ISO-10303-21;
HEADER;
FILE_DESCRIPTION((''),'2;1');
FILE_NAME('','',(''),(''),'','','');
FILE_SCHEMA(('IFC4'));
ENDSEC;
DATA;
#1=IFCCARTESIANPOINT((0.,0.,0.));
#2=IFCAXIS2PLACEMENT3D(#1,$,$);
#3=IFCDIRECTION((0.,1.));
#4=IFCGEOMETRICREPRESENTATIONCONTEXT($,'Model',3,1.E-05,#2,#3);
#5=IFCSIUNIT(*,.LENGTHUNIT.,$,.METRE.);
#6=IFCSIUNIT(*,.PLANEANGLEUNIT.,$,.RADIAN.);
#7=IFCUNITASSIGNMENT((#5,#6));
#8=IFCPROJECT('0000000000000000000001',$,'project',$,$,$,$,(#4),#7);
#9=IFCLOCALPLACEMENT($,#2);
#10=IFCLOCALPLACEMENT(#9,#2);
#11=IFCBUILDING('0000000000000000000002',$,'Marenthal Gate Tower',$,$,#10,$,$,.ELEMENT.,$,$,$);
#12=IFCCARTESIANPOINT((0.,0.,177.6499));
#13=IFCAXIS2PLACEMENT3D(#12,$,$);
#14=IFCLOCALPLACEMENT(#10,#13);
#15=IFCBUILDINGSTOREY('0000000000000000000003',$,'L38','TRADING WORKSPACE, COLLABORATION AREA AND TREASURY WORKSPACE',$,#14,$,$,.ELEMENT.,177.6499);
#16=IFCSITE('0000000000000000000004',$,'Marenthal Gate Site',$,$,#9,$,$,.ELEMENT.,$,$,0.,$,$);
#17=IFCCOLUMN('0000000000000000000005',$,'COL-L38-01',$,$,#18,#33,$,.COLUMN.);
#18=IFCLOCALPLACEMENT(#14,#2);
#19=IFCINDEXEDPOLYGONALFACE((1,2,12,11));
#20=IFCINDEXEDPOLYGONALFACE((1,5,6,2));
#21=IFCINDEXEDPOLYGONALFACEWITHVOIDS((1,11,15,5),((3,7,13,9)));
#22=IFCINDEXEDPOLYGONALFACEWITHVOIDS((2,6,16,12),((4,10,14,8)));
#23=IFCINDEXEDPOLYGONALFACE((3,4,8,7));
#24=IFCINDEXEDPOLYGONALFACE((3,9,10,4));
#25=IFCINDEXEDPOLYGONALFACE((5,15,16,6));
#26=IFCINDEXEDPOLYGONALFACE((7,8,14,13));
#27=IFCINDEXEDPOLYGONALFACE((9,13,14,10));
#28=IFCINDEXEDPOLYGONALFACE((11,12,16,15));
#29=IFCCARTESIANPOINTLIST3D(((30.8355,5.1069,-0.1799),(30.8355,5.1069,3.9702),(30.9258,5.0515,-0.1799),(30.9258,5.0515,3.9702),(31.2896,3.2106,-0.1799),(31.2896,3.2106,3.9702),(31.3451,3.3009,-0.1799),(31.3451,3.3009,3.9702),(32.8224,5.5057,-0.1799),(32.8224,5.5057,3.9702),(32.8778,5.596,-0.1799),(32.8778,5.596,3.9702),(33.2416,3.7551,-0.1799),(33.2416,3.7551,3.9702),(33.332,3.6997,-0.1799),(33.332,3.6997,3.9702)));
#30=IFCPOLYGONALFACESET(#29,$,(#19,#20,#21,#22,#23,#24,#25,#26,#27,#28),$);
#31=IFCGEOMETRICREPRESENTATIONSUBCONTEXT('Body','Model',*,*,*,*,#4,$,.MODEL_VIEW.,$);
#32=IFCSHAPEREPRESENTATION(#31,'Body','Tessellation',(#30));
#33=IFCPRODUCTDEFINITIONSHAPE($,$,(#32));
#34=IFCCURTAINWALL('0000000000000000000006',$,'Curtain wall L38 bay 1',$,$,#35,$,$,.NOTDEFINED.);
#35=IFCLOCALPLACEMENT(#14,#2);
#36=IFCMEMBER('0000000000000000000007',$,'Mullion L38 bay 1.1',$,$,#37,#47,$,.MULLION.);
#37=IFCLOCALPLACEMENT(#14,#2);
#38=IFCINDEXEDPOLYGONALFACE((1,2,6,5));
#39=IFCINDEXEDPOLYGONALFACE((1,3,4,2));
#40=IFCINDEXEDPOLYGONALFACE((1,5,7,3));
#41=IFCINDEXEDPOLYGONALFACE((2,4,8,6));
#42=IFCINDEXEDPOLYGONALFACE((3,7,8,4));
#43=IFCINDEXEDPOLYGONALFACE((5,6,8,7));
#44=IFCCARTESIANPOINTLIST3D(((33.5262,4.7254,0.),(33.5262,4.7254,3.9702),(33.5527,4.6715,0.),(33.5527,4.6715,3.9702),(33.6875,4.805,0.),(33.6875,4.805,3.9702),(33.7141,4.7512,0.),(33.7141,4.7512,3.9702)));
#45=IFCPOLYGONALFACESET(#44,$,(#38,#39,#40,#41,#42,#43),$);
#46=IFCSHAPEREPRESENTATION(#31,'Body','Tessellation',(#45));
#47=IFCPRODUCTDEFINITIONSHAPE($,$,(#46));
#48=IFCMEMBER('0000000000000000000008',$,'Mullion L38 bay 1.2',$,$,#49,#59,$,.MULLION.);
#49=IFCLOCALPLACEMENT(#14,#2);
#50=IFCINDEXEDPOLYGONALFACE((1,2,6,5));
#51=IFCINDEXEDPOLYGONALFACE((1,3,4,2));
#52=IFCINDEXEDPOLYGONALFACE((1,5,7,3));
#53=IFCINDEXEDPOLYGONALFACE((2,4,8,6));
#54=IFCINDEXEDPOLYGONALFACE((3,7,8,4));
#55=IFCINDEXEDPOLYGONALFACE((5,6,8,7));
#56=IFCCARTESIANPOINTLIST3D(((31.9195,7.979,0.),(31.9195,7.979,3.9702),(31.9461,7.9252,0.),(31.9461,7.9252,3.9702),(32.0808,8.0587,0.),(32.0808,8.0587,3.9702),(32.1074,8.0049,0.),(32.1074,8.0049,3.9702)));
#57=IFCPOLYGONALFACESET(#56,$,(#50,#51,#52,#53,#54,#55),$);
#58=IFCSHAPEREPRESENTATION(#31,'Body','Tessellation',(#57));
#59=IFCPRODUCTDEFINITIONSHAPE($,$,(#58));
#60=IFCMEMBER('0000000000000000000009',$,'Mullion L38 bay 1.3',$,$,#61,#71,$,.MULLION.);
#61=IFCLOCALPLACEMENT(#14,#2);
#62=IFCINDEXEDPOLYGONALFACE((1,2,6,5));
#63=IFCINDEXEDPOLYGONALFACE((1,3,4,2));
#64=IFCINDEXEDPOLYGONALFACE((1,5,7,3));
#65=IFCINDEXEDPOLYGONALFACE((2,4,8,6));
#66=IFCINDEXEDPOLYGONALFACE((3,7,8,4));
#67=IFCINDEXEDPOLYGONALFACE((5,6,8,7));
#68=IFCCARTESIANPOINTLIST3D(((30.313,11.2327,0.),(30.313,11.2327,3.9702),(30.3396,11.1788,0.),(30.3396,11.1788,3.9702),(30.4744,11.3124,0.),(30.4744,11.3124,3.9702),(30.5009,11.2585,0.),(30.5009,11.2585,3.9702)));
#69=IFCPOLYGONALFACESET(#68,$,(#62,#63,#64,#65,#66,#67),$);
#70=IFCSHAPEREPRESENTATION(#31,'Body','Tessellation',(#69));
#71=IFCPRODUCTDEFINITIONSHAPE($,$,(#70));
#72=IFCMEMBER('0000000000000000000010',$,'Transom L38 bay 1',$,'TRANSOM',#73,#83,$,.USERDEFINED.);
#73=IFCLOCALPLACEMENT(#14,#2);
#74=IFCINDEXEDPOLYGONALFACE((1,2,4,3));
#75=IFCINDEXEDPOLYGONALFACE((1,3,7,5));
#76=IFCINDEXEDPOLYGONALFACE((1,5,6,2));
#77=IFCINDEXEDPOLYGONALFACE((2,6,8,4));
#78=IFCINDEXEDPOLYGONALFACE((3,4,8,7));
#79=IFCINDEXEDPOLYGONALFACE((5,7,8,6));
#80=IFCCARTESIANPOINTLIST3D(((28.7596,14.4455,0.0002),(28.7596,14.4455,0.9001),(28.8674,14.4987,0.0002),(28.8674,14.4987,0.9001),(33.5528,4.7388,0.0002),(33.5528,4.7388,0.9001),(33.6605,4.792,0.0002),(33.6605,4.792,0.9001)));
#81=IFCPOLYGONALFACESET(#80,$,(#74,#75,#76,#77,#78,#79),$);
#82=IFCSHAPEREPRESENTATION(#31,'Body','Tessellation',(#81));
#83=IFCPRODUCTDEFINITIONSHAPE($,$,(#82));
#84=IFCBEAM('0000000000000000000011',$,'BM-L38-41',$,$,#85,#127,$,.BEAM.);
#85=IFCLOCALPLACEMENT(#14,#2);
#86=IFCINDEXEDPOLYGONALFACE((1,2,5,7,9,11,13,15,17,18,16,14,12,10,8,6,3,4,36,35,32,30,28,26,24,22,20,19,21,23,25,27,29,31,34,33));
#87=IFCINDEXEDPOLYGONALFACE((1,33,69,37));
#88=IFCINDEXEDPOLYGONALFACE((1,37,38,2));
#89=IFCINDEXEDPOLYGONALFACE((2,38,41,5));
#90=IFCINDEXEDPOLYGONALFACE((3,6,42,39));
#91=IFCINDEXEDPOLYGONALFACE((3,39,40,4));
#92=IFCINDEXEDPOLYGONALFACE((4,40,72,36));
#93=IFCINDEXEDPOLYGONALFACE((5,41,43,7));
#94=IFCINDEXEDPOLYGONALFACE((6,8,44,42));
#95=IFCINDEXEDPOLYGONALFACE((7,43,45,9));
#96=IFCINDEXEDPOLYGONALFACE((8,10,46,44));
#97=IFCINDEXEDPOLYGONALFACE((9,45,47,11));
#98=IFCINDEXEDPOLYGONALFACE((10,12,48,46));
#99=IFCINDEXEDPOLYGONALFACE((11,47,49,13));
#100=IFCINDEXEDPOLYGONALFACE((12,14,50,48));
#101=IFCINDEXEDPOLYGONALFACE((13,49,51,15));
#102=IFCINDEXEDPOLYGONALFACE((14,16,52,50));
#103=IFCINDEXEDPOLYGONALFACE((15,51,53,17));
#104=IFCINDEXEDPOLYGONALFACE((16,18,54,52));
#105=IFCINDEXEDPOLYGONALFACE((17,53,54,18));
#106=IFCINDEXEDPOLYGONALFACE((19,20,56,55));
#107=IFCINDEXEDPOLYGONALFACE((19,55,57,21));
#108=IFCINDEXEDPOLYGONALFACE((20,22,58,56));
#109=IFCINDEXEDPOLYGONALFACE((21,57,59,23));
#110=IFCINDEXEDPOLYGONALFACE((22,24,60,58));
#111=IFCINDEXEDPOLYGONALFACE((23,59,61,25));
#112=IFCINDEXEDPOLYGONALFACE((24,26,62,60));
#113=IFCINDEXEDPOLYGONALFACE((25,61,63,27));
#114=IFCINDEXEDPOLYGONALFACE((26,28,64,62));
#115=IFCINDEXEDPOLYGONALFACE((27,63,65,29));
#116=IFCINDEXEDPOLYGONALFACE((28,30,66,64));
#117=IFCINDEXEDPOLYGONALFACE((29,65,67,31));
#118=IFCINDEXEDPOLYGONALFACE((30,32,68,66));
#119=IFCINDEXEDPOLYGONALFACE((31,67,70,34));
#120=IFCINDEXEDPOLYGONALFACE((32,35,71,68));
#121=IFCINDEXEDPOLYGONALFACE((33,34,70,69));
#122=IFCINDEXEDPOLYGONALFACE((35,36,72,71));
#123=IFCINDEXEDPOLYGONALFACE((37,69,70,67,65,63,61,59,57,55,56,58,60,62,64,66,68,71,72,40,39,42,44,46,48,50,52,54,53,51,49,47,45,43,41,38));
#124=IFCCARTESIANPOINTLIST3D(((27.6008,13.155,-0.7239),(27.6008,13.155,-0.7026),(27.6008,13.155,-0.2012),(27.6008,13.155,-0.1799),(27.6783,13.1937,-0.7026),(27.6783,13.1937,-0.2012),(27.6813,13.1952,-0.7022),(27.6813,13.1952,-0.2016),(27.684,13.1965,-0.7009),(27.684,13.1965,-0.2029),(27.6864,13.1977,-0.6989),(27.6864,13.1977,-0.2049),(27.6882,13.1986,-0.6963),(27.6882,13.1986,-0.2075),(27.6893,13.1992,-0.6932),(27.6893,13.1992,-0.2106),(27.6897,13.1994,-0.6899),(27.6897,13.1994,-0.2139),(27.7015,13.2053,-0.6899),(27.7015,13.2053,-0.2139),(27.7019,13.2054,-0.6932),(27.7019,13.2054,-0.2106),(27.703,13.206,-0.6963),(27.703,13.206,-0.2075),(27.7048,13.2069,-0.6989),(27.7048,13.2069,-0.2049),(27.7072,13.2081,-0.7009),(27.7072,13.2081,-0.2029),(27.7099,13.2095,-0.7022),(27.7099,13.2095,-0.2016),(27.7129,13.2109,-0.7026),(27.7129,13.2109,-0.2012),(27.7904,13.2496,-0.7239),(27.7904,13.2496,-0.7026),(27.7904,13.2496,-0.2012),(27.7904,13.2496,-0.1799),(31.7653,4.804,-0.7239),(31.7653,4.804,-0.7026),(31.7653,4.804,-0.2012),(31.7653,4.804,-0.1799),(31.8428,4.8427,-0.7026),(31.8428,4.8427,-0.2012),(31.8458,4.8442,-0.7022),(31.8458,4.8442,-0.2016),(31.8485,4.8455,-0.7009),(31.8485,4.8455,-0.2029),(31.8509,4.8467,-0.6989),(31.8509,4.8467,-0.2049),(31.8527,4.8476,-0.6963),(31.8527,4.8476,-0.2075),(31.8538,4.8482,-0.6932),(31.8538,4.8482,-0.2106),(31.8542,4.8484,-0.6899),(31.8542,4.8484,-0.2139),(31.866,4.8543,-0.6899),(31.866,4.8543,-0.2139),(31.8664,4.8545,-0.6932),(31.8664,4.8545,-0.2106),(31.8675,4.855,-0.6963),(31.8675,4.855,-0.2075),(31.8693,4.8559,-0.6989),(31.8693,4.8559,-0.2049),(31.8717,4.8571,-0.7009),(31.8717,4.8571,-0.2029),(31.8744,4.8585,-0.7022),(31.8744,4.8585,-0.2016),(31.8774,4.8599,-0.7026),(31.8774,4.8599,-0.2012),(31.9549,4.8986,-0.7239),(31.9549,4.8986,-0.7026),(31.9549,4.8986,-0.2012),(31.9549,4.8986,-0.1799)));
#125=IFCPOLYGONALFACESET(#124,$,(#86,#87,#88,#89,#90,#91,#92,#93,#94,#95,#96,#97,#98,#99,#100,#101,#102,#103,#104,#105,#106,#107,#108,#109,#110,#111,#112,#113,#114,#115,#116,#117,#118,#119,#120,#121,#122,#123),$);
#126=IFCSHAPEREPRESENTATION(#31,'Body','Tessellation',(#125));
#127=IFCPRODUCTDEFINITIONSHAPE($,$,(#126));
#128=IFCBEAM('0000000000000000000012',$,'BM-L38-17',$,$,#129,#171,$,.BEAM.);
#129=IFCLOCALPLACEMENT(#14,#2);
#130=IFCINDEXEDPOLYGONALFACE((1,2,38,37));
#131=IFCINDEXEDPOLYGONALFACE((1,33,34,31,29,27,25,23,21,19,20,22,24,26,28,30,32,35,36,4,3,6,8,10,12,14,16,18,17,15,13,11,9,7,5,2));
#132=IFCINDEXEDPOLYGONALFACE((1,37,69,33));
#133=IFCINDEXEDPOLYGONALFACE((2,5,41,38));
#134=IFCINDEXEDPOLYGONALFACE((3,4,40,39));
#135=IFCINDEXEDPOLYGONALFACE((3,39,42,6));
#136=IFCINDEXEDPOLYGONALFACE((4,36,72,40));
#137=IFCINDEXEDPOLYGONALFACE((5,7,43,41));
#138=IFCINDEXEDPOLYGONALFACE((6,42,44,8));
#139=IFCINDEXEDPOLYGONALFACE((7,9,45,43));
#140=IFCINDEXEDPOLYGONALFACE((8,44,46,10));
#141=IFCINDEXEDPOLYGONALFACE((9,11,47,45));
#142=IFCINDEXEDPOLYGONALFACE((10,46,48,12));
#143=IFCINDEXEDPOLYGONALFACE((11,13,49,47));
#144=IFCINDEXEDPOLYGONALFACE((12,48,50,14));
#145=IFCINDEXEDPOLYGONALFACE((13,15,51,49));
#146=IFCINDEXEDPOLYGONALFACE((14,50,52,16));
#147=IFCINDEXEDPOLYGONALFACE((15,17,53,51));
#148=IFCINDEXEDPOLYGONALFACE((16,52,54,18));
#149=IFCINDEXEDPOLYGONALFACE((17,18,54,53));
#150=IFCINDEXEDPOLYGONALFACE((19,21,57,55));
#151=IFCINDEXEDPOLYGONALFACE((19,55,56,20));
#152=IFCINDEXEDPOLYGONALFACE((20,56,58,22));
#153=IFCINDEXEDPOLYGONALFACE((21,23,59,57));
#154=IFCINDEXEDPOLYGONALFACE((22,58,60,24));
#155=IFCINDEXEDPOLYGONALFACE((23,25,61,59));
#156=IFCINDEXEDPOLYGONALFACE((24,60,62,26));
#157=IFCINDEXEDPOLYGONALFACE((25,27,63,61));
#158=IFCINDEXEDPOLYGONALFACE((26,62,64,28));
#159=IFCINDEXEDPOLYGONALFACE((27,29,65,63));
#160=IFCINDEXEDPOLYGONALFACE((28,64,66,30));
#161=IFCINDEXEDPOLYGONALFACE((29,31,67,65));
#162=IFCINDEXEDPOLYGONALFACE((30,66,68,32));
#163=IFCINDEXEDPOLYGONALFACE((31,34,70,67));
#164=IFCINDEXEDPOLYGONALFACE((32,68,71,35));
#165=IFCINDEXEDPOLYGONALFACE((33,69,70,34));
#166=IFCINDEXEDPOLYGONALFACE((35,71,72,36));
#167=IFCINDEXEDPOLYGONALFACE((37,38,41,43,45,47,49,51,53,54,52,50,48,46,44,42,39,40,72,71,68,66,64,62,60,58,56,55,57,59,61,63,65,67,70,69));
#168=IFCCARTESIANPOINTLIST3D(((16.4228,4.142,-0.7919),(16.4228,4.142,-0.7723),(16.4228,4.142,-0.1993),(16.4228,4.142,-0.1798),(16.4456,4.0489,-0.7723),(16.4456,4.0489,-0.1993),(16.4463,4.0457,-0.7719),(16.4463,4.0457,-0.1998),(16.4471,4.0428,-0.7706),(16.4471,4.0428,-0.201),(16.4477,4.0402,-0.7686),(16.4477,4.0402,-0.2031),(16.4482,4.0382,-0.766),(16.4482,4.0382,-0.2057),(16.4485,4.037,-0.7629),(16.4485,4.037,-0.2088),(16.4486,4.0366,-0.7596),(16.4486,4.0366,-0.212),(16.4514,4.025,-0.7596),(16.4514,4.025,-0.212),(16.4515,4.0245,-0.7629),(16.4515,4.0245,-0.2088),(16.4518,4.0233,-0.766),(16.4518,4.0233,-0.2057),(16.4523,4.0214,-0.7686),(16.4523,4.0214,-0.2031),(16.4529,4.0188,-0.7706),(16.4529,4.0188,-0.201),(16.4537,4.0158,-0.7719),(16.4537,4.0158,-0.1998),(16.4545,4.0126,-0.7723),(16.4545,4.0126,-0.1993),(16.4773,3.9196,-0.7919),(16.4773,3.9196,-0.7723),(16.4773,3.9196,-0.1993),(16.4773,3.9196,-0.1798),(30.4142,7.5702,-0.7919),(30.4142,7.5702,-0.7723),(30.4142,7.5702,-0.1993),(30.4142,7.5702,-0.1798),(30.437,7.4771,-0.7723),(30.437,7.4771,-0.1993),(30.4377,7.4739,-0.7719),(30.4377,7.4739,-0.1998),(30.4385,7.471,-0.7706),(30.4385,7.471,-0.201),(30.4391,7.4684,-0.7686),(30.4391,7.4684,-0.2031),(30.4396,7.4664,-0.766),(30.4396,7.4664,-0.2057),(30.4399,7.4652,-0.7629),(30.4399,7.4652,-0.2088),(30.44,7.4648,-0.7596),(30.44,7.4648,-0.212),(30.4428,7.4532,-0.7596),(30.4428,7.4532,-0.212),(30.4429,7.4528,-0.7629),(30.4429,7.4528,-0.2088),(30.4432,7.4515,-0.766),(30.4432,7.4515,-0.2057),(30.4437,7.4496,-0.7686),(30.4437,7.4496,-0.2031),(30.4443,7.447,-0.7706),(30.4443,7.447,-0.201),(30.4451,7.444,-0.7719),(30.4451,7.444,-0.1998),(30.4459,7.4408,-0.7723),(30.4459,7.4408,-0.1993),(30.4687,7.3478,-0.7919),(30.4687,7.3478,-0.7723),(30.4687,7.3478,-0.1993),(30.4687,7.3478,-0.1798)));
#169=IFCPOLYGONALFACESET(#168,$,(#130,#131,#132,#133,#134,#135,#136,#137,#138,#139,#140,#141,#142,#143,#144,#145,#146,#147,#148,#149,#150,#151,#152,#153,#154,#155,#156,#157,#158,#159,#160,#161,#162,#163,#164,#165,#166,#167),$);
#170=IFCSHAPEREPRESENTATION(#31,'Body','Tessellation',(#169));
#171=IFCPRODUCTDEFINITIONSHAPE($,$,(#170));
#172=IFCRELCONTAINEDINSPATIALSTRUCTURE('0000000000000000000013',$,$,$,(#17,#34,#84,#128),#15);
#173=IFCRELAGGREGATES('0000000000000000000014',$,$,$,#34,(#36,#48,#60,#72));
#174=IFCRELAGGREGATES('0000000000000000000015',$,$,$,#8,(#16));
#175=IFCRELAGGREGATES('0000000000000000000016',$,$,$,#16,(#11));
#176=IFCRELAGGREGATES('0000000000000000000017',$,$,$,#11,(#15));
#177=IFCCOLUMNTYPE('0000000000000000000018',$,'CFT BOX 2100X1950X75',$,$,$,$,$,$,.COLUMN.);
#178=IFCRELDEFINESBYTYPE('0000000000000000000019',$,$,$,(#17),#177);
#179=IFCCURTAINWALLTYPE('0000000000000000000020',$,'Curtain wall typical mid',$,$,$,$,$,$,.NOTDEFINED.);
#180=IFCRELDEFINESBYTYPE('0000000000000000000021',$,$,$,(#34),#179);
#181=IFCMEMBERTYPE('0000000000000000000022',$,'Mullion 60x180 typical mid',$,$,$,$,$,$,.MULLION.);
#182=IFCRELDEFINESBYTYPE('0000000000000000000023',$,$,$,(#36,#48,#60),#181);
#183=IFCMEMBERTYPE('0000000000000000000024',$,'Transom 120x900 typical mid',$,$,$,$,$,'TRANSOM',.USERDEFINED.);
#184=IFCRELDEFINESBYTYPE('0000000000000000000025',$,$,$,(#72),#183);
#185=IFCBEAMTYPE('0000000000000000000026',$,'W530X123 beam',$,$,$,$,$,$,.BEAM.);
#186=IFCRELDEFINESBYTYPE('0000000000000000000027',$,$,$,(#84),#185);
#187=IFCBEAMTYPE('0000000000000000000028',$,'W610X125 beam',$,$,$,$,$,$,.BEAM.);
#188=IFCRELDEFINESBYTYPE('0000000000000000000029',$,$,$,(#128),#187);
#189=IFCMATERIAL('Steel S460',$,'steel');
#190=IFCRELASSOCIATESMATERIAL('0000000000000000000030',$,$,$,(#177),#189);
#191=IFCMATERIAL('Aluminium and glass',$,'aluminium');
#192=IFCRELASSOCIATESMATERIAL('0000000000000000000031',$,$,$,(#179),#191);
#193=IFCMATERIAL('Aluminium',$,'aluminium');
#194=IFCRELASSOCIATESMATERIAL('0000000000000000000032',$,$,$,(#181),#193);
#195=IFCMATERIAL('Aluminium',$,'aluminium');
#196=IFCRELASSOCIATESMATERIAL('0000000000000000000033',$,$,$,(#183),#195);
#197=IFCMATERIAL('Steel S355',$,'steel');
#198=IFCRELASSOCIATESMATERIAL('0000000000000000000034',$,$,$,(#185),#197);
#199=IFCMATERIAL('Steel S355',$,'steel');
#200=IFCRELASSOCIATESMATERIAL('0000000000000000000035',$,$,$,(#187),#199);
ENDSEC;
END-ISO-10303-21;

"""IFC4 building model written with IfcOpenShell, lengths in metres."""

from ifc_helpers import new_model, si_unit, direction, frame, origin, origin_2d, place, context, subcontext, project, spatial, rectangle, hollow_rectangle, i_section, extrude, material, material_profile, profile_set, type_object, element, aggregate, save


model = new_model("IFC4")

# Units and contexts
model_context = context("Model", 3, precision=1e-05, world=origin(), true_north=direction((0.0, 1.0)))
body_context = subcontext(model_context, "Body", "Model", "MODEL_VIEW")
ifc_project = project(units=[si_unit("LENGTHUNIT", "METRE"), si_unit("PLANEANGLEUNIT", "RADIAN")], contexts=[model_context])

# Site, building, storey
site_placement = place(None, origin())
site = spatial("IfcSite", under=ifc_project, at=site_placement, Name="Marenthal Gate Site", CompositionType="ELEMENT", RefElevation=0.0)
building_placement = place(site_placement, origin())
building = spatial("IfcBuilding", under=site, at=building_placement, Name="Marenthal Gate Tower", CompositionType="ELEMENT")
storey_placement = place(building_placement, frame((0.0, 0.0, 177.6499)))
storey = spatial("IfcBuildingStorey", under=building, at=storey_placement, Name="L38", Description="TRADING WORKSPACE, COLLABORATION AREA AND TREASURY WORKSPACE", CompositionType="ELEMENT", Elevation=177.6499)

# Column
ifc_material_1 = material(Name="Steel S460", Category="steel")
ifc_material_profile_1 = material_profile(ifc_material_1, hollow_rectangle(XDim=1.95, YDim=2.1001, WallThickness=0.075, at=origin_2d()), Name="CFT BOX 2100X1950X75")
ifc_material_2 = material(Name="Concrete 70 MPa", Category="concrete")
ifc_material_profile_2 = material_profile(ifc_material_2, rectangle(XDim=1.8, YDim=1.95, at=origin_2d()), Name="CFT BOX 2100X1950X75 INFILL")
ifc_profile_set_1 = profile_set([ifc_material_profile_1, ifc_material_profile_2], Name="Steel S460 shell, Concrete 70 MPa infill")
column_type = type_object("IfcColumnType", Name="CFT BOX 2100X1950X75", PredefinedType="COLUMN", material=ifc_profile_set_1)
column_placement = place(storey_placement, frame((32.0837, 4.4033, -0.1799), z_axis=(0.0, 0.0, 1.0), x_axis=(0.232899, -0.972501, 0.0)))
element("IfcColumn", 1, at=column_placement, inside=storey, type_object=column_type, Name="COL-L38-01", PredefinedType="COLUMN", context=body_context, shape_type="SweptSolid", body=[
    extrude(hollow_rectangle(XDim=1.95, YDim=2.1001, WallThickness=0.075, at=origin_2d()), origin(), (0.0, 0.0, 1.0), 4.1501),
])

# Curtain wall, members
ifc_material_3 = material(Name="Aluminium and glass", Category="aluminium")
curtain_wall_type = type_object("IfcCurtainWallType", Name="Curtain wall typical mid", PredefinedType="NOTDEFINED", material=ifc_material_3)
curtain_wall_placement = place(storey_placement, origin())
curtain_wall = element("IfcCurtainWall", 2, at=curtain_wall_placement, inside=storey, type_object=curtain_wall_type, Name="Curtain wall L38 bay 1", PredefinedType="NOTDEFINED")
ifc_material_4 = material(Name="Aluminium", Category="aluminium")
ifc_material_profile_3 = material_profile(ifc_material_4, rectangle(XDim=0.1799, YDim=0.0601, at=origin_2d()), Name="60x180 aluminium mullion")
ifc_profile_set_2 = profile_set([ifc_material_profile_3], Name="Aluminium")
member_type_1 = type_object("IfcMemberType", Name="Mullion 60x180 typical mid", PredefinedType="MULLION", material=ifc_profile_set_2)
member_1_placement = place(storey_placement, frame((33.6201, 4.7383, 0.0), z_axis=(0.0, 0.0, 1.0), x_axis=(-0.896643, -0.442753, 0.0)))
member_1 = element("IfcMember", 3, at=member_1_placement, type_object=member_type_1, Name="Mullion L38 bay 1.1", PredefinedType="MULLION", context=body_context, shape_type="SweptSolid", body=[
    extrude(rectangle(XDim=0.1799, YDim=0.0601, at=origin_2d()), origin(), (0.0, 0.0, 1.0), 3.9702),
])
member_2_placement = place(storey_placement, frame((32.0134, 7.9919, 0.0), z_axis=(0.0, 0.0, 1.0), x_axis=(-0.896643, -0.442753, 0.0)))
member_2 = element("IfcMember", 4, at=member_2_placement, type_object=member_type_1, Name="Mullion L38 bay 1.2", PredefinedType="MULLION", context=body_context, shape_type="SweptSolid", body=[
    extrude(rectangle(XDim=0.1799, YDim=0.0601, at=origin_2d()), origin(), (0.0, 0.0, 1.0), 3.9702),
])
member_3_placement = place(storey_placement, frame((30.407, 11.2456, 0.0), z_axis=(0.0, 0.0, 1.0), x_axis=(-0.896643, -0.442753, 0.0)))
member_3 = element("IfcMember", 5, at=member_3_placement, type_object=member_type_1, Name="Mullion L38 bay 1.3", PredefinedType="MULLION", context=body_context, shape_type="SweptSolid", body=[
    extrude(rectangle(XDim=0.1799, YDim=0.0601, at=origin_2d()), origin(), (0.0, 0.0, 1.0), 3.9702),
])
ifc_material_5 = material(Name="Aluminium", Category="aluminium")
ifc_material_profile_4 = material_profile(ifc_material_5, rectangle(XDim=0.1201, YDim=0.8999, at=origin_2d()), Name="120x900 aluminium transom")
ifc_profile_set_3 = profile_set([ifc_material_profile_4], Name="Aluminium")
member_type_2 = type_object("IfcMemberType", Name="Transom 120x900 typical mid", ElementType="TRANSOM", PredefinedType="USERDEFINED", material=ifc_profile_set_3)
member_4_placement = place(storey_placement, frame((33.6067, 4.7654, 0.4502), z_axis=(-0.442761, 0.89664, 0.0), x_axis=(-0.89664, -0.442761, 0.0)))
member_4 = element("IfcMember", 6, at=member_4_placement, type_object=member_type_2, Name="Transom L38 bay 1", ObjectType="TRANSOM", PredefinedType="USERDEFINED", context=body_context, shape_type="SweptSolid", body=[
    extrude(rectangle(XDim=0.1201, YDim=0.8999, at=origin_2d()), origin(), (0.0, 0.0, 1.0), 10.8257),
])

# Beams
ifc_material_6 = material(Name="Steel S355", Category="steel")
ifc_material_profile_5 = material_profile(ifc_material_6, i_section(OverallWidth=0.2119, OverallDepth=0.5439, WebThickness=0.0132, FlangeThickness=0.0212, FilletRadius=0.0127, at=origin_2d()), Name="W530X123")
ifc_profile_set_4 = profile_set([ifc_material_profile_5], Name="Steel S355")
beam_type_1 = type_object("IfcBeamType", Name="W530X123 beam", PredefinedType="BEAM", material=ifc_profile_set_4)
beam_1_placement = place(storey_placement, frame((31.8601, 4.8513, -0.4519), z_axis=(-0.446272, 0.894898, 0.0), x_axis=(-0.894898, -0.446272, 0.0)))
element("IfcBeam", 7, at=beam_1_placement, inside=storey, type_object=beam_type_1, Name="BM-L38-41", PredefinedType="BEAM", context=body_context, shape_type="SweptSolid", body=[
    extrude(i_section(OverallWidth=0.2119, OverallDepth=0.5439, WebThickness=0.0132, FlangeThickness=0.0212, FilletRadius=0.0127, at=origin_2d()), origin(), (0.0, 0.0, 1.0), 9.3318),
])
ifc_material_7 = material(Name="Steel S355", Category="steel")
ifc_material_profile_6 = material_profile(ifc_material_7, i_section(OverallWidth=0.229, OverallDepth=0.6121, WebThickness=0.012, FlangeThickness=0.0195, FilletRadius=0.0127, at=origin_2d()), Name="W610X125")
ifc_profile_set_5 = profile_set([ifc_material_profile_6], Name="Steel S355")
beam_type_2 = type_object("IfcBeamType", Name="W610X125 beam", PredefinedType="BEAM", material=ifc_profile_set_5)
beam_2_placement = place(storey_placement, frame((30.4414, 7.459, -0.4858), z_axis=(-0.971269, -0.237983, 0.0), x_axis=(0.237983, -0.971269, 0.0)))
element("IfcBeam", 8, at=beam_2_placement, inside=storey, type_object=beam_type_2, Name="BM-L38-17", PredefinedType="BEAM", context=body_context, shape_type="SweptSolid", body=[
    extrude(i_section(OverallWidth=0.229, OverallDepth=0.6121, WebThickness=0.012, FlangeThickness=0.0195, FilletRadius=0.0127, at=origin_2d()), origin(), (0.0, 0.0, 1.0), 14.4053),
])

aggregate(curtain_wall, [member_1, member_2, member_3, member_4])

save(model, "model.ifc")
